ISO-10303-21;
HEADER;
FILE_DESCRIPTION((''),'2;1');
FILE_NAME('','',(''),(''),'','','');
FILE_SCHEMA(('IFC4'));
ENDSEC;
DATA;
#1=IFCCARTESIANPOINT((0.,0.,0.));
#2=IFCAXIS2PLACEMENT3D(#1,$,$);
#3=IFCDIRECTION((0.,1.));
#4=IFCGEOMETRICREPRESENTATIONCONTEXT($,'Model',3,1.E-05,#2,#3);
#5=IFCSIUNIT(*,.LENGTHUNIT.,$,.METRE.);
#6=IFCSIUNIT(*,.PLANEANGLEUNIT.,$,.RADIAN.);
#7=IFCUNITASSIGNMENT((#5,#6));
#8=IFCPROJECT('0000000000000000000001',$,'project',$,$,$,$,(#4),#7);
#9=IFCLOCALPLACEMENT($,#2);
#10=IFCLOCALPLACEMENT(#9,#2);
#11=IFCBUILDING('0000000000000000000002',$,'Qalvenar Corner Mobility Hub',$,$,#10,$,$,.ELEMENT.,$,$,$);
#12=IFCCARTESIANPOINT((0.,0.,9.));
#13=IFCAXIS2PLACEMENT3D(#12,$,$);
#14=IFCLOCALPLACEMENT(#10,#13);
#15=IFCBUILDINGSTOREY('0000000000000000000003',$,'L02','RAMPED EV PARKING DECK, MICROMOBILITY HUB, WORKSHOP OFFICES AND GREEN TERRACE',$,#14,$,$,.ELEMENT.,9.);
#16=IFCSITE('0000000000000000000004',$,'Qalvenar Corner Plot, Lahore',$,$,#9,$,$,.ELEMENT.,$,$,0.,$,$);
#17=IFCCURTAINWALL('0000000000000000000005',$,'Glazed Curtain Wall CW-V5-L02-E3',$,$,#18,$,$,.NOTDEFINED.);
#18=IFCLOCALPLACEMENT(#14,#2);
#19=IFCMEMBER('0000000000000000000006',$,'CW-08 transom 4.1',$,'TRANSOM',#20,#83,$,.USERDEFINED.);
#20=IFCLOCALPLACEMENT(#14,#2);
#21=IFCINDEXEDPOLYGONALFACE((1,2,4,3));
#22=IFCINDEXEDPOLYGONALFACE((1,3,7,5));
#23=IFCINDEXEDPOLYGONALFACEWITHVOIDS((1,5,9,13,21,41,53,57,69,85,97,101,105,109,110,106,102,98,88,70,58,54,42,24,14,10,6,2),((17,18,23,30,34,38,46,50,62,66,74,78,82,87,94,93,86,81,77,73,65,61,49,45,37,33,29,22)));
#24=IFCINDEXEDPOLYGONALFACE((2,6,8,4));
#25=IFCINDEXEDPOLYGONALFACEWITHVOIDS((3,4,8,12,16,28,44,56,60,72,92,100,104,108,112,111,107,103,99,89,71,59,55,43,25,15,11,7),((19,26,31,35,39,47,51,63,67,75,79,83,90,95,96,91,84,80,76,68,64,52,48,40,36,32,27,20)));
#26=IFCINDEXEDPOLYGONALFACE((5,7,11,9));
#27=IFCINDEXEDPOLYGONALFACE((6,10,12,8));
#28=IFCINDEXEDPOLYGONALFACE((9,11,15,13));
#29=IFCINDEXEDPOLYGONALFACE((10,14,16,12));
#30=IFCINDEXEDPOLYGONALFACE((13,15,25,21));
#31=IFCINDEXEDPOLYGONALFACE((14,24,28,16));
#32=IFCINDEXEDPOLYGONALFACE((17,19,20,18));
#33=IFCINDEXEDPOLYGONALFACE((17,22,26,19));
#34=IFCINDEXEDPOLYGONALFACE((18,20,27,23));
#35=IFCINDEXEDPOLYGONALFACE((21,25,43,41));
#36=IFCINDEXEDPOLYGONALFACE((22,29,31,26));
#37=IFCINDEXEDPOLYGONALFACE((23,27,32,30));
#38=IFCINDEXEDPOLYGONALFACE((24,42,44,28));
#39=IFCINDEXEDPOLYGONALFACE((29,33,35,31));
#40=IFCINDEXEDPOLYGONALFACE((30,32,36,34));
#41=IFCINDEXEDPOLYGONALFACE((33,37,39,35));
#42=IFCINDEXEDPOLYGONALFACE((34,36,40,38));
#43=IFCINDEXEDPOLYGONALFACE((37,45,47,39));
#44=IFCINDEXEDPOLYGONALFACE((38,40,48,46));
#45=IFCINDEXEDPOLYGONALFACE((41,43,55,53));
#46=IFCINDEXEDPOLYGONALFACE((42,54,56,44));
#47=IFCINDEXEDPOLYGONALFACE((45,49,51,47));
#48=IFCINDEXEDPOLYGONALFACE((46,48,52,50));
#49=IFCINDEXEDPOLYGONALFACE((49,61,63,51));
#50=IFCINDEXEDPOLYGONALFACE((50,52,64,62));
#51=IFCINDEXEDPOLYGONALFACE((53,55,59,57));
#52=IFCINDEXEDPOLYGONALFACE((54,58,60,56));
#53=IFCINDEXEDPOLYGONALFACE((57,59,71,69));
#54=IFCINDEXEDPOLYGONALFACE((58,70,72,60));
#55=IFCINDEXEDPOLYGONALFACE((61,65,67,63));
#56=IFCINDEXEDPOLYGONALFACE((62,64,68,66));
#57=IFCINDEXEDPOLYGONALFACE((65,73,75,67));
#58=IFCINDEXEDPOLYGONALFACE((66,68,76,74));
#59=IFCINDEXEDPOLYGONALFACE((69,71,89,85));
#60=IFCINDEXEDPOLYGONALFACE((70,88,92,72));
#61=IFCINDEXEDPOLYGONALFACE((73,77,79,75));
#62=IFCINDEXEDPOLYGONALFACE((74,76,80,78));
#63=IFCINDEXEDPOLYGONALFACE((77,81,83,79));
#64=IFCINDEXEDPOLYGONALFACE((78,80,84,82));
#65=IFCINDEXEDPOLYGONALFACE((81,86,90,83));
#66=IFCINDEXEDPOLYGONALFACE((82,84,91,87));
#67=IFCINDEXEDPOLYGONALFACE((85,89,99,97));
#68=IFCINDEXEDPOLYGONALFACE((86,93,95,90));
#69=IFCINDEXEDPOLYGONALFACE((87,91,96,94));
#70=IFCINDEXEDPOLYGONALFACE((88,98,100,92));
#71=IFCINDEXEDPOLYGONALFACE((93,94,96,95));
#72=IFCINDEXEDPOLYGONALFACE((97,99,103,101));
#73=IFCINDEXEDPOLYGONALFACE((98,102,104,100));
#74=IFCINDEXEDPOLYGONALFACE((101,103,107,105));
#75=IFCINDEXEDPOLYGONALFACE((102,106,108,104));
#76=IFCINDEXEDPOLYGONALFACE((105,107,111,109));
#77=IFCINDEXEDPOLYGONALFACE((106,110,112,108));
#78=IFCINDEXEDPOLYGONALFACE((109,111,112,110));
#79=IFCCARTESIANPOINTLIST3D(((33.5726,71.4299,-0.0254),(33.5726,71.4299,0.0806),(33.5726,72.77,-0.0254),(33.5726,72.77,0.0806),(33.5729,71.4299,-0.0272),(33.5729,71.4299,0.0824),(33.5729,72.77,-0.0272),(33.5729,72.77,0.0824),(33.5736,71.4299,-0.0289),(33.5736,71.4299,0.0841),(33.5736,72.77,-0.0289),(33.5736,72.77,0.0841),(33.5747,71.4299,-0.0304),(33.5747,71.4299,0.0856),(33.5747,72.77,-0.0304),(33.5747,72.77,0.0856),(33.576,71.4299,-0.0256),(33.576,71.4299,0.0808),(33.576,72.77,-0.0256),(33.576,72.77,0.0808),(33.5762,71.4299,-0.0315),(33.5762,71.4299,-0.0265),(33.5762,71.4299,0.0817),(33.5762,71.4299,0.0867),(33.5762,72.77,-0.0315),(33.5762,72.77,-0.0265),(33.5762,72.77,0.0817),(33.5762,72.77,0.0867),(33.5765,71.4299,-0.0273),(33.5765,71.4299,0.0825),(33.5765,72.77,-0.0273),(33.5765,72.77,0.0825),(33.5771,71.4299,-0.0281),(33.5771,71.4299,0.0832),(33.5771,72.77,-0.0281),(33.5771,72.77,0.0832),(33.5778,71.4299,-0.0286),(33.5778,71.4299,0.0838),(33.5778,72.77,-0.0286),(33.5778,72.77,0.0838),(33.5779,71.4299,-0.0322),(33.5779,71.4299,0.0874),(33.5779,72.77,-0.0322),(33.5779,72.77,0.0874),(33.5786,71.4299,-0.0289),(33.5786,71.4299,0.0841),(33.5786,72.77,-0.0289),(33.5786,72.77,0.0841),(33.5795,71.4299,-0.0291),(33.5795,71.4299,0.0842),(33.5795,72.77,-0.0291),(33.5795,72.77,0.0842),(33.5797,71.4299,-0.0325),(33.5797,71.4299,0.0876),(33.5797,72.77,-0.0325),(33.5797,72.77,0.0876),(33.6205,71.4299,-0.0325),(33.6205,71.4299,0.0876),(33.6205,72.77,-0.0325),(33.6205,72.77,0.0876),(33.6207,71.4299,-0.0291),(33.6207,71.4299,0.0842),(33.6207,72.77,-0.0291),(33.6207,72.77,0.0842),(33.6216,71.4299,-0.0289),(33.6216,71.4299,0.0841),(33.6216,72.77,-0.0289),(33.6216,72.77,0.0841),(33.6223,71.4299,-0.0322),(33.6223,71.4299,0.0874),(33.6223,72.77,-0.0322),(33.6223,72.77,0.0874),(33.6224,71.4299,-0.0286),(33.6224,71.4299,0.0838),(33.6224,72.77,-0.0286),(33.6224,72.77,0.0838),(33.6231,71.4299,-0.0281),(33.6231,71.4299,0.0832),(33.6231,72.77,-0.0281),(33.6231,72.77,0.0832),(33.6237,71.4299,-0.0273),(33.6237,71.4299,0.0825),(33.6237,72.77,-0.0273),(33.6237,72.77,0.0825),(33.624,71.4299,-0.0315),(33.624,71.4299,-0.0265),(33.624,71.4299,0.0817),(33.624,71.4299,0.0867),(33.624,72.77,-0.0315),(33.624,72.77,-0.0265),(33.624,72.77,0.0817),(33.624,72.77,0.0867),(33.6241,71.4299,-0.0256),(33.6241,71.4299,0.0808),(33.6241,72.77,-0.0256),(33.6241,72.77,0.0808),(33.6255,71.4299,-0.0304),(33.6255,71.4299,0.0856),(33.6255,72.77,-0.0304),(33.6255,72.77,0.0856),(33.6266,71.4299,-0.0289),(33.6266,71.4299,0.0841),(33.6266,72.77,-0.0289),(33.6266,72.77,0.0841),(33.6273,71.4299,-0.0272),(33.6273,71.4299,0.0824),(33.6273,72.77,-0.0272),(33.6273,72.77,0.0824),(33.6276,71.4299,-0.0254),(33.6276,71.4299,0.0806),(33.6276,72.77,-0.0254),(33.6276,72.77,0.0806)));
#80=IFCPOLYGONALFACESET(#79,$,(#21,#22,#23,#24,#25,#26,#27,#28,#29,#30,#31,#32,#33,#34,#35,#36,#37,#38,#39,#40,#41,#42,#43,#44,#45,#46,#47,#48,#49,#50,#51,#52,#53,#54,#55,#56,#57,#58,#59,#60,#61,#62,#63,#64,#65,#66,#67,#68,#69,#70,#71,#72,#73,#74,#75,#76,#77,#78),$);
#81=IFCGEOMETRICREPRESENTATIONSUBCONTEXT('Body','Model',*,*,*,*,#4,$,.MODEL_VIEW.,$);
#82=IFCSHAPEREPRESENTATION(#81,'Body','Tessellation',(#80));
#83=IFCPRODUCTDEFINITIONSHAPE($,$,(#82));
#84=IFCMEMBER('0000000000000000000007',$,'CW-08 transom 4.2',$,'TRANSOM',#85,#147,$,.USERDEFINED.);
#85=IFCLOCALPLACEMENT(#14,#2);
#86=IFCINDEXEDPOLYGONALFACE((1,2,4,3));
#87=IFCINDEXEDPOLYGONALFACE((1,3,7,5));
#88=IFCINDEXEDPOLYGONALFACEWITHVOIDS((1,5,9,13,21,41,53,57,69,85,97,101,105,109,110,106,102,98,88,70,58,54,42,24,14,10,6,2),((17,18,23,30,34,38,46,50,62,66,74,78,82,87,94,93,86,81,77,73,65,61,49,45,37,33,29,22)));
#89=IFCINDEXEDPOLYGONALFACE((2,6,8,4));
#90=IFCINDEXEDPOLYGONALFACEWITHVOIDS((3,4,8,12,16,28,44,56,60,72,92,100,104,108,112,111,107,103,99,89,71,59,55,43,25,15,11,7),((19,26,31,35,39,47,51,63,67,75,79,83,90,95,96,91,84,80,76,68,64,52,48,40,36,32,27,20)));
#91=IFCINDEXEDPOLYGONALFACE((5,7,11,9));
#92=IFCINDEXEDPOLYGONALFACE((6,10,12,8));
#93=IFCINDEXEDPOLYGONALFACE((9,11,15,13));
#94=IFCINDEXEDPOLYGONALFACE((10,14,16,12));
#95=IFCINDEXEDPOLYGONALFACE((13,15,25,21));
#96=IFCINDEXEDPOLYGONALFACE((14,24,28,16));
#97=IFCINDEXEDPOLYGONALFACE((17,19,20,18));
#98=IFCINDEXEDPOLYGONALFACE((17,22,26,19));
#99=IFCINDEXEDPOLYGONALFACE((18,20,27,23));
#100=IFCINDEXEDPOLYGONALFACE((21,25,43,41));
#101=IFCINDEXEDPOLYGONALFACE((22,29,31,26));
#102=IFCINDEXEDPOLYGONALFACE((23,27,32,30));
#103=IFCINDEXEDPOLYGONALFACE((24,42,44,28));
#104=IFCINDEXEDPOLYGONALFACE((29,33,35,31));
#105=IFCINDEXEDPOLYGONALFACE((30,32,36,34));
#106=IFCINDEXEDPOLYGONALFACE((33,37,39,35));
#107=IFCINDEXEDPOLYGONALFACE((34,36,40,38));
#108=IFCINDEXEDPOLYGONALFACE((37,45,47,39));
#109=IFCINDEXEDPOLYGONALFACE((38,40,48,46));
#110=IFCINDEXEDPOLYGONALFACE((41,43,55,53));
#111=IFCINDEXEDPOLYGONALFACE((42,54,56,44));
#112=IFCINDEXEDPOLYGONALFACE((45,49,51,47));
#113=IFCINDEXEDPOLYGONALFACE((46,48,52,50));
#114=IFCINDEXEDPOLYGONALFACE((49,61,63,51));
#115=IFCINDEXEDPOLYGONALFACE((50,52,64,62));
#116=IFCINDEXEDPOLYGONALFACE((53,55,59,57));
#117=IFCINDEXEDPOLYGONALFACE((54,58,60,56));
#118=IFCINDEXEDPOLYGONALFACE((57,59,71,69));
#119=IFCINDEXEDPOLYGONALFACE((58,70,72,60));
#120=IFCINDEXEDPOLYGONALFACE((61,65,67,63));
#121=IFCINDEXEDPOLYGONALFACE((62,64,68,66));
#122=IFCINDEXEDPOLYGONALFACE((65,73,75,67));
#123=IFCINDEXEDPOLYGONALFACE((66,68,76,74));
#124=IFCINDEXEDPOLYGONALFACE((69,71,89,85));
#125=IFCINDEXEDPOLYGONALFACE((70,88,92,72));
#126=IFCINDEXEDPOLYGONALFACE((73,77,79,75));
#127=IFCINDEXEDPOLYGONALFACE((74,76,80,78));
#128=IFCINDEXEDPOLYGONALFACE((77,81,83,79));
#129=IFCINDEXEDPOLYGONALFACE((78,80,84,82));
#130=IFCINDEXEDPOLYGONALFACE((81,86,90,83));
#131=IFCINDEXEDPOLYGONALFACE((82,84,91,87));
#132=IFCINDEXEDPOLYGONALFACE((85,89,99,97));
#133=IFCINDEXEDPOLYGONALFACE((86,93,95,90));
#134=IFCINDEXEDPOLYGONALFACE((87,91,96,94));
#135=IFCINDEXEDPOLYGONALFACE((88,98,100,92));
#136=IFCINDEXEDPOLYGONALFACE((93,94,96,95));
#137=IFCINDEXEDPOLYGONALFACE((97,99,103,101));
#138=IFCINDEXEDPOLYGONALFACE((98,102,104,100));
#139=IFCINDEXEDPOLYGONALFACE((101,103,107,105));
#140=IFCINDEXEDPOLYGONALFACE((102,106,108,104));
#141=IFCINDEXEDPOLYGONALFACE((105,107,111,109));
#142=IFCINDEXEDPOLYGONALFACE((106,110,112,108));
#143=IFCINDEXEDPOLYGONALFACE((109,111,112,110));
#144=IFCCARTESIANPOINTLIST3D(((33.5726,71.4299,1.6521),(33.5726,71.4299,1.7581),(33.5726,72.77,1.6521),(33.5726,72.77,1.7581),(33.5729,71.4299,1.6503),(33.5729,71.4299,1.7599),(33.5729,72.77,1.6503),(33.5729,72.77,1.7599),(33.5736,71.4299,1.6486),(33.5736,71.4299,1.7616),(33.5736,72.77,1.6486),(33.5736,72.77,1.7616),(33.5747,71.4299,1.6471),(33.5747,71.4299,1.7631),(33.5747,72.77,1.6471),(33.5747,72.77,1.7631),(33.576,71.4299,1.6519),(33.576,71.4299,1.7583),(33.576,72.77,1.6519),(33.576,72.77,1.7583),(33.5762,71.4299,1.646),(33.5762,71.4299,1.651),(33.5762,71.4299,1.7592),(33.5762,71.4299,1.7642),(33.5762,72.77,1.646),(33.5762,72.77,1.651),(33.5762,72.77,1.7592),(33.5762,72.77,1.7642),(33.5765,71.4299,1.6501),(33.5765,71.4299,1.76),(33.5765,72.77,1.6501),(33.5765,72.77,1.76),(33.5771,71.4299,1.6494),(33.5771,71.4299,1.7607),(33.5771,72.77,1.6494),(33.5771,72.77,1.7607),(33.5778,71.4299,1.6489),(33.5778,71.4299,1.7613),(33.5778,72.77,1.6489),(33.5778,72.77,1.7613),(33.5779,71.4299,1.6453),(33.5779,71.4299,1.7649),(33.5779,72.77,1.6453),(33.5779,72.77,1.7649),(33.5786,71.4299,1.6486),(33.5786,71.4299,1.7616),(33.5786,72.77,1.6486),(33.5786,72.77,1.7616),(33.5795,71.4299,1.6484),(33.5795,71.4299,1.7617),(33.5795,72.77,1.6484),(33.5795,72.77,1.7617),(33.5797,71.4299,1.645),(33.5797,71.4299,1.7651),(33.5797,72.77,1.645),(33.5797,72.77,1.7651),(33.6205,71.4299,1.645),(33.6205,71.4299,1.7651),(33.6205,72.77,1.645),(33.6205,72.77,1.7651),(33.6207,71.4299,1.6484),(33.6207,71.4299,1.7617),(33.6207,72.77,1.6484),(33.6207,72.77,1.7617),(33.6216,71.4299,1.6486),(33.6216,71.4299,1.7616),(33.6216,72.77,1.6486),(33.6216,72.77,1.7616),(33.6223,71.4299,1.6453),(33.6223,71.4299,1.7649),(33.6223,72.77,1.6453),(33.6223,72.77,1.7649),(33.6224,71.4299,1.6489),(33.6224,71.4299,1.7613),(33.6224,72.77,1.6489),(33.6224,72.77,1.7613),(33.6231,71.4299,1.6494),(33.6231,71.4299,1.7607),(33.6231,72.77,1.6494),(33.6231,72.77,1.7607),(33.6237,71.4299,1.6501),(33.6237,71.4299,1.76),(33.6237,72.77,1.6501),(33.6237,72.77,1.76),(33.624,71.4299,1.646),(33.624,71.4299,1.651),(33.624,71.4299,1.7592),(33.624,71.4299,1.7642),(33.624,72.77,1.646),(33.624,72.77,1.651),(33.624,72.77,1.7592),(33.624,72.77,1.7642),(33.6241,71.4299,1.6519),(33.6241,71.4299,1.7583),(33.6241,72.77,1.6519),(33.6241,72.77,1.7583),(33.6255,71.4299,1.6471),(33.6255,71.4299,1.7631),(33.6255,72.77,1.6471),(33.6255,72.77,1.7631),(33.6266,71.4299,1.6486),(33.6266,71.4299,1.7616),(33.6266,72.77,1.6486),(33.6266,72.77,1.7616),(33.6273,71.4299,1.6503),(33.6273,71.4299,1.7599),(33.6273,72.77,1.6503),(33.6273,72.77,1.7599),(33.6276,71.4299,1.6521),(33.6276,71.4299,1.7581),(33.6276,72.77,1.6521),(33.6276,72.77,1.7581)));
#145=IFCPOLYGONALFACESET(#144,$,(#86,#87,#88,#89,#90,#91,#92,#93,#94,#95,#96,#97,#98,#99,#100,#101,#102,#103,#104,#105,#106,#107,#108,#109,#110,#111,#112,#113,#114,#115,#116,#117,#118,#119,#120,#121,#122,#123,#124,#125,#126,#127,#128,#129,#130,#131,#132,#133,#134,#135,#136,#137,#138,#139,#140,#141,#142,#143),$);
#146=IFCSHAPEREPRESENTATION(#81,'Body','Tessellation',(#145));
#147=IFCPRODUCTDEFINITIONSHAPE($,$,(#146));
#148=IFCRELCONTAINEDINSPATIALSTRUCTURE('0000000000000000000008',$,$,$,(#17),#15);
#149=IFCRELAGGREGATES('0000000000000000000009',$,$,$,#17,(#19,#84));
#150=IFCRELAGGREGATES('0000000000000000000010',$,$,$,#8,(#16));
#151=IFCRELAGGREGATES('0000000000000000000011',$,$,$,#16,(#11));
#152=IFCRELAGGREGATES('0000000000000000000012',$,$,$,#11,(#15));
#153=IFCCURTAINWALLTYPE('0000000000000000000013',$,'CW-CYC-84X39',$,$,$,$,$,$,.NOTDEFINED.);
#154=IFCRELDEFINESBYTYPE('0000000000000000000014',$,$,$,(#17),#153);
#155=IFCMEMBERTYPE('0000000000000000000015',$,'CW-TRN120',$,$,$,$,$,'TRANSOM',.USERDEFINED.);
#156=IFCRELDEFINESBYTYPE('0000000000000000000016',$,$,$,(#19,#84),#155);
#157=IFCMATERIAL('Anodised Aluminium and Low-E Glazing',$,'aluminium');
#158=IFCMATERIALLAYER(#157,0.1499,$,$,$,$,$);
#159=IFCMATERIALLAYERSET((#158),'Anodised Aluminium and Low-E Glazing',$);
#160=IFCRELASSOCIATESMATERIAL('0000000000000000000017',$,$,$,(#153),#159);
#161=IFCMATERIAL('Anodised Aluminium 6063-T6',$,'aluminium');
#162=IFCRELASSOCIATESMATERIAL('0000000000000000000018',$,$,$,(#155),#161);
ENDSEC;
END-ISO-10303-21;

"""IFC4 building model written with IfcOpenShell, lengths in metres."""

from ifc_helpers import new_model, si_unit, direction, frame, origin, origin_2d, place, context, subcontext, project, spatial, hollow_rectangle, extrude, material, layer, layer_set, material_profile, profile_set, type_object, element, aggregate, save


model = new_model("IFC4")

# Units and contexts
model_context = context("Model", 3, precision=1e-05, world=origin(), true_north=direction((0.0, 1.0)))
body_context = subcontext(model_context, "Body", "Model", "MODEL_VIEW")
ifc_project = project(units=[si_unit("LENGTHUNIT", "METRE"), si_unit("PLANEANGLEUNIT", "RADIAN")], contexts=[model_context])

# Site, building, storey
site_placement = place(None, origin())
site = spatial("IfcSite", under=ifc_project, at=site_placement, Name="Qalvenar Corner Plot, Lahore", CompositionType="ELEMENT", RefElevation=0.0)
building_placement = place(site_placement, origin())
building = spatial("IfcBuilding", under=site, at=building_placement, Name="Qalvenar Corner Mobility Hub", CompositionType="ELEMENT")
storey_placement = place(building_placement, frame((0.0, 0.0, 9.0)))
storey = spatial("IfcBuildingStorey", under=building, at=storey_placement, Name="L02", Description="RAMPED EV PARKING DECK, MICROMOBILITY HUB, WORKSHOP OFFICES AND GREEN TERRACE", CompositionType="ELEMENT", Elevation=9.0)

# Curtain wall, members
ifc_material_1 = material(Name="Anodised Aluminium and Low-E Glazing", Category="aluminium")
ifc_layer_1 = layer(ifc_material_1, 0.1499)
ifc_layer_set_1 = layer_set([ifc_layer_1], Name="Anodised Aluminium and Low-E Glazing")
curtain_wall_type = type_object("IfcCurtainWallType", Name="CW-CYC-84X39", PredefinedType="NOTDEFINED", material=ifc_layer_set_1)
curtain_wall_placement = place(storey_placement, origin())
curtain_wall = element("IfcCurtainWall", 1, at=curtain_wall_placement, inside=storey, type_object=curtain_wall_type, Name="Glazed Curtain Wall CW-V5-L02-E3", PredefinedType="NOTDEFINED")
ifc_material_2 = material(Name="Anodised Aluminium 6063-T6", Category="aluminium")
ifc_material_profile_1 = material_profile(ifc_material_2, hollow_rectangle(XDim=0.0549, YDim=0.1201, WallThickness=0.0034, InnerFilletRadius=0.0034, OuterFilletRadius=0.0071, at=origin_2d()), Name="RHS120x55x3.5")
ifc_profile_set_1 = profile_set([ifc_material_profile_1], Name="Anodised Aluminium 6063-T6")
member_type_1 = type_object("IfcMemberType", Name="CW-TRN120", ElementType="TRANSOM", PredefinedType="USERDEFINED", material=ifc_profile_set_1)
member_1_placement = place(storey_placement, frame((33.6001, 71.4299, 0.0276), z_axis=(0.0, 1.0, 0.0), x_axis=(-1.0, 0.0, 0.0)))
member_1 = element("IfcMember", 2, at=member_1_placement, type_object=member_type_1, Name="CW-08 transom 4.1", ObjectType="TRANSOM", PredefinedType="USERDEFINED", context=body_context, shape_type="SweptSolid", body=[
    extrude(hollow_rectangle(XDim=0.0549, YDim=0.1201, WallThickness=0.0034, InnerFilletRadius=0.0034, OuterFilletRadius=0.0071, at=origin_2d()), origin(), (0.0, 0.0, 1.0), 1.3401),
])
member_2_placement = place(storey_placement, frame((33.6001, 71.4299, 1.7051), z_axis=(0.0, 1.0, 0.0), x_axis=(-1.0, 0.0, 0.0)))
member_2 = element("IfcMember", 3, at=member_2_placement, type_object=member_type_1, Name="CW-08 transom 4.2", ObjectType="TRANSOM", PredefinedType="USERDEFINED", context=body_context, shape_type="SweptSolid", body=[
    extrude(hollow_rectangle(XDim=0.0549, YDim=0.1201, WallThickness=0.0034, InnerFilletRadius=0.0034, OuterFilletRadius=0.0071, at=origin_2d()), origin(), (0.0, 0.0, 1.0), 1.3401),
])
aggregate(curtain_wall, [member_1, member_2])

save(model, "model.ifc")
